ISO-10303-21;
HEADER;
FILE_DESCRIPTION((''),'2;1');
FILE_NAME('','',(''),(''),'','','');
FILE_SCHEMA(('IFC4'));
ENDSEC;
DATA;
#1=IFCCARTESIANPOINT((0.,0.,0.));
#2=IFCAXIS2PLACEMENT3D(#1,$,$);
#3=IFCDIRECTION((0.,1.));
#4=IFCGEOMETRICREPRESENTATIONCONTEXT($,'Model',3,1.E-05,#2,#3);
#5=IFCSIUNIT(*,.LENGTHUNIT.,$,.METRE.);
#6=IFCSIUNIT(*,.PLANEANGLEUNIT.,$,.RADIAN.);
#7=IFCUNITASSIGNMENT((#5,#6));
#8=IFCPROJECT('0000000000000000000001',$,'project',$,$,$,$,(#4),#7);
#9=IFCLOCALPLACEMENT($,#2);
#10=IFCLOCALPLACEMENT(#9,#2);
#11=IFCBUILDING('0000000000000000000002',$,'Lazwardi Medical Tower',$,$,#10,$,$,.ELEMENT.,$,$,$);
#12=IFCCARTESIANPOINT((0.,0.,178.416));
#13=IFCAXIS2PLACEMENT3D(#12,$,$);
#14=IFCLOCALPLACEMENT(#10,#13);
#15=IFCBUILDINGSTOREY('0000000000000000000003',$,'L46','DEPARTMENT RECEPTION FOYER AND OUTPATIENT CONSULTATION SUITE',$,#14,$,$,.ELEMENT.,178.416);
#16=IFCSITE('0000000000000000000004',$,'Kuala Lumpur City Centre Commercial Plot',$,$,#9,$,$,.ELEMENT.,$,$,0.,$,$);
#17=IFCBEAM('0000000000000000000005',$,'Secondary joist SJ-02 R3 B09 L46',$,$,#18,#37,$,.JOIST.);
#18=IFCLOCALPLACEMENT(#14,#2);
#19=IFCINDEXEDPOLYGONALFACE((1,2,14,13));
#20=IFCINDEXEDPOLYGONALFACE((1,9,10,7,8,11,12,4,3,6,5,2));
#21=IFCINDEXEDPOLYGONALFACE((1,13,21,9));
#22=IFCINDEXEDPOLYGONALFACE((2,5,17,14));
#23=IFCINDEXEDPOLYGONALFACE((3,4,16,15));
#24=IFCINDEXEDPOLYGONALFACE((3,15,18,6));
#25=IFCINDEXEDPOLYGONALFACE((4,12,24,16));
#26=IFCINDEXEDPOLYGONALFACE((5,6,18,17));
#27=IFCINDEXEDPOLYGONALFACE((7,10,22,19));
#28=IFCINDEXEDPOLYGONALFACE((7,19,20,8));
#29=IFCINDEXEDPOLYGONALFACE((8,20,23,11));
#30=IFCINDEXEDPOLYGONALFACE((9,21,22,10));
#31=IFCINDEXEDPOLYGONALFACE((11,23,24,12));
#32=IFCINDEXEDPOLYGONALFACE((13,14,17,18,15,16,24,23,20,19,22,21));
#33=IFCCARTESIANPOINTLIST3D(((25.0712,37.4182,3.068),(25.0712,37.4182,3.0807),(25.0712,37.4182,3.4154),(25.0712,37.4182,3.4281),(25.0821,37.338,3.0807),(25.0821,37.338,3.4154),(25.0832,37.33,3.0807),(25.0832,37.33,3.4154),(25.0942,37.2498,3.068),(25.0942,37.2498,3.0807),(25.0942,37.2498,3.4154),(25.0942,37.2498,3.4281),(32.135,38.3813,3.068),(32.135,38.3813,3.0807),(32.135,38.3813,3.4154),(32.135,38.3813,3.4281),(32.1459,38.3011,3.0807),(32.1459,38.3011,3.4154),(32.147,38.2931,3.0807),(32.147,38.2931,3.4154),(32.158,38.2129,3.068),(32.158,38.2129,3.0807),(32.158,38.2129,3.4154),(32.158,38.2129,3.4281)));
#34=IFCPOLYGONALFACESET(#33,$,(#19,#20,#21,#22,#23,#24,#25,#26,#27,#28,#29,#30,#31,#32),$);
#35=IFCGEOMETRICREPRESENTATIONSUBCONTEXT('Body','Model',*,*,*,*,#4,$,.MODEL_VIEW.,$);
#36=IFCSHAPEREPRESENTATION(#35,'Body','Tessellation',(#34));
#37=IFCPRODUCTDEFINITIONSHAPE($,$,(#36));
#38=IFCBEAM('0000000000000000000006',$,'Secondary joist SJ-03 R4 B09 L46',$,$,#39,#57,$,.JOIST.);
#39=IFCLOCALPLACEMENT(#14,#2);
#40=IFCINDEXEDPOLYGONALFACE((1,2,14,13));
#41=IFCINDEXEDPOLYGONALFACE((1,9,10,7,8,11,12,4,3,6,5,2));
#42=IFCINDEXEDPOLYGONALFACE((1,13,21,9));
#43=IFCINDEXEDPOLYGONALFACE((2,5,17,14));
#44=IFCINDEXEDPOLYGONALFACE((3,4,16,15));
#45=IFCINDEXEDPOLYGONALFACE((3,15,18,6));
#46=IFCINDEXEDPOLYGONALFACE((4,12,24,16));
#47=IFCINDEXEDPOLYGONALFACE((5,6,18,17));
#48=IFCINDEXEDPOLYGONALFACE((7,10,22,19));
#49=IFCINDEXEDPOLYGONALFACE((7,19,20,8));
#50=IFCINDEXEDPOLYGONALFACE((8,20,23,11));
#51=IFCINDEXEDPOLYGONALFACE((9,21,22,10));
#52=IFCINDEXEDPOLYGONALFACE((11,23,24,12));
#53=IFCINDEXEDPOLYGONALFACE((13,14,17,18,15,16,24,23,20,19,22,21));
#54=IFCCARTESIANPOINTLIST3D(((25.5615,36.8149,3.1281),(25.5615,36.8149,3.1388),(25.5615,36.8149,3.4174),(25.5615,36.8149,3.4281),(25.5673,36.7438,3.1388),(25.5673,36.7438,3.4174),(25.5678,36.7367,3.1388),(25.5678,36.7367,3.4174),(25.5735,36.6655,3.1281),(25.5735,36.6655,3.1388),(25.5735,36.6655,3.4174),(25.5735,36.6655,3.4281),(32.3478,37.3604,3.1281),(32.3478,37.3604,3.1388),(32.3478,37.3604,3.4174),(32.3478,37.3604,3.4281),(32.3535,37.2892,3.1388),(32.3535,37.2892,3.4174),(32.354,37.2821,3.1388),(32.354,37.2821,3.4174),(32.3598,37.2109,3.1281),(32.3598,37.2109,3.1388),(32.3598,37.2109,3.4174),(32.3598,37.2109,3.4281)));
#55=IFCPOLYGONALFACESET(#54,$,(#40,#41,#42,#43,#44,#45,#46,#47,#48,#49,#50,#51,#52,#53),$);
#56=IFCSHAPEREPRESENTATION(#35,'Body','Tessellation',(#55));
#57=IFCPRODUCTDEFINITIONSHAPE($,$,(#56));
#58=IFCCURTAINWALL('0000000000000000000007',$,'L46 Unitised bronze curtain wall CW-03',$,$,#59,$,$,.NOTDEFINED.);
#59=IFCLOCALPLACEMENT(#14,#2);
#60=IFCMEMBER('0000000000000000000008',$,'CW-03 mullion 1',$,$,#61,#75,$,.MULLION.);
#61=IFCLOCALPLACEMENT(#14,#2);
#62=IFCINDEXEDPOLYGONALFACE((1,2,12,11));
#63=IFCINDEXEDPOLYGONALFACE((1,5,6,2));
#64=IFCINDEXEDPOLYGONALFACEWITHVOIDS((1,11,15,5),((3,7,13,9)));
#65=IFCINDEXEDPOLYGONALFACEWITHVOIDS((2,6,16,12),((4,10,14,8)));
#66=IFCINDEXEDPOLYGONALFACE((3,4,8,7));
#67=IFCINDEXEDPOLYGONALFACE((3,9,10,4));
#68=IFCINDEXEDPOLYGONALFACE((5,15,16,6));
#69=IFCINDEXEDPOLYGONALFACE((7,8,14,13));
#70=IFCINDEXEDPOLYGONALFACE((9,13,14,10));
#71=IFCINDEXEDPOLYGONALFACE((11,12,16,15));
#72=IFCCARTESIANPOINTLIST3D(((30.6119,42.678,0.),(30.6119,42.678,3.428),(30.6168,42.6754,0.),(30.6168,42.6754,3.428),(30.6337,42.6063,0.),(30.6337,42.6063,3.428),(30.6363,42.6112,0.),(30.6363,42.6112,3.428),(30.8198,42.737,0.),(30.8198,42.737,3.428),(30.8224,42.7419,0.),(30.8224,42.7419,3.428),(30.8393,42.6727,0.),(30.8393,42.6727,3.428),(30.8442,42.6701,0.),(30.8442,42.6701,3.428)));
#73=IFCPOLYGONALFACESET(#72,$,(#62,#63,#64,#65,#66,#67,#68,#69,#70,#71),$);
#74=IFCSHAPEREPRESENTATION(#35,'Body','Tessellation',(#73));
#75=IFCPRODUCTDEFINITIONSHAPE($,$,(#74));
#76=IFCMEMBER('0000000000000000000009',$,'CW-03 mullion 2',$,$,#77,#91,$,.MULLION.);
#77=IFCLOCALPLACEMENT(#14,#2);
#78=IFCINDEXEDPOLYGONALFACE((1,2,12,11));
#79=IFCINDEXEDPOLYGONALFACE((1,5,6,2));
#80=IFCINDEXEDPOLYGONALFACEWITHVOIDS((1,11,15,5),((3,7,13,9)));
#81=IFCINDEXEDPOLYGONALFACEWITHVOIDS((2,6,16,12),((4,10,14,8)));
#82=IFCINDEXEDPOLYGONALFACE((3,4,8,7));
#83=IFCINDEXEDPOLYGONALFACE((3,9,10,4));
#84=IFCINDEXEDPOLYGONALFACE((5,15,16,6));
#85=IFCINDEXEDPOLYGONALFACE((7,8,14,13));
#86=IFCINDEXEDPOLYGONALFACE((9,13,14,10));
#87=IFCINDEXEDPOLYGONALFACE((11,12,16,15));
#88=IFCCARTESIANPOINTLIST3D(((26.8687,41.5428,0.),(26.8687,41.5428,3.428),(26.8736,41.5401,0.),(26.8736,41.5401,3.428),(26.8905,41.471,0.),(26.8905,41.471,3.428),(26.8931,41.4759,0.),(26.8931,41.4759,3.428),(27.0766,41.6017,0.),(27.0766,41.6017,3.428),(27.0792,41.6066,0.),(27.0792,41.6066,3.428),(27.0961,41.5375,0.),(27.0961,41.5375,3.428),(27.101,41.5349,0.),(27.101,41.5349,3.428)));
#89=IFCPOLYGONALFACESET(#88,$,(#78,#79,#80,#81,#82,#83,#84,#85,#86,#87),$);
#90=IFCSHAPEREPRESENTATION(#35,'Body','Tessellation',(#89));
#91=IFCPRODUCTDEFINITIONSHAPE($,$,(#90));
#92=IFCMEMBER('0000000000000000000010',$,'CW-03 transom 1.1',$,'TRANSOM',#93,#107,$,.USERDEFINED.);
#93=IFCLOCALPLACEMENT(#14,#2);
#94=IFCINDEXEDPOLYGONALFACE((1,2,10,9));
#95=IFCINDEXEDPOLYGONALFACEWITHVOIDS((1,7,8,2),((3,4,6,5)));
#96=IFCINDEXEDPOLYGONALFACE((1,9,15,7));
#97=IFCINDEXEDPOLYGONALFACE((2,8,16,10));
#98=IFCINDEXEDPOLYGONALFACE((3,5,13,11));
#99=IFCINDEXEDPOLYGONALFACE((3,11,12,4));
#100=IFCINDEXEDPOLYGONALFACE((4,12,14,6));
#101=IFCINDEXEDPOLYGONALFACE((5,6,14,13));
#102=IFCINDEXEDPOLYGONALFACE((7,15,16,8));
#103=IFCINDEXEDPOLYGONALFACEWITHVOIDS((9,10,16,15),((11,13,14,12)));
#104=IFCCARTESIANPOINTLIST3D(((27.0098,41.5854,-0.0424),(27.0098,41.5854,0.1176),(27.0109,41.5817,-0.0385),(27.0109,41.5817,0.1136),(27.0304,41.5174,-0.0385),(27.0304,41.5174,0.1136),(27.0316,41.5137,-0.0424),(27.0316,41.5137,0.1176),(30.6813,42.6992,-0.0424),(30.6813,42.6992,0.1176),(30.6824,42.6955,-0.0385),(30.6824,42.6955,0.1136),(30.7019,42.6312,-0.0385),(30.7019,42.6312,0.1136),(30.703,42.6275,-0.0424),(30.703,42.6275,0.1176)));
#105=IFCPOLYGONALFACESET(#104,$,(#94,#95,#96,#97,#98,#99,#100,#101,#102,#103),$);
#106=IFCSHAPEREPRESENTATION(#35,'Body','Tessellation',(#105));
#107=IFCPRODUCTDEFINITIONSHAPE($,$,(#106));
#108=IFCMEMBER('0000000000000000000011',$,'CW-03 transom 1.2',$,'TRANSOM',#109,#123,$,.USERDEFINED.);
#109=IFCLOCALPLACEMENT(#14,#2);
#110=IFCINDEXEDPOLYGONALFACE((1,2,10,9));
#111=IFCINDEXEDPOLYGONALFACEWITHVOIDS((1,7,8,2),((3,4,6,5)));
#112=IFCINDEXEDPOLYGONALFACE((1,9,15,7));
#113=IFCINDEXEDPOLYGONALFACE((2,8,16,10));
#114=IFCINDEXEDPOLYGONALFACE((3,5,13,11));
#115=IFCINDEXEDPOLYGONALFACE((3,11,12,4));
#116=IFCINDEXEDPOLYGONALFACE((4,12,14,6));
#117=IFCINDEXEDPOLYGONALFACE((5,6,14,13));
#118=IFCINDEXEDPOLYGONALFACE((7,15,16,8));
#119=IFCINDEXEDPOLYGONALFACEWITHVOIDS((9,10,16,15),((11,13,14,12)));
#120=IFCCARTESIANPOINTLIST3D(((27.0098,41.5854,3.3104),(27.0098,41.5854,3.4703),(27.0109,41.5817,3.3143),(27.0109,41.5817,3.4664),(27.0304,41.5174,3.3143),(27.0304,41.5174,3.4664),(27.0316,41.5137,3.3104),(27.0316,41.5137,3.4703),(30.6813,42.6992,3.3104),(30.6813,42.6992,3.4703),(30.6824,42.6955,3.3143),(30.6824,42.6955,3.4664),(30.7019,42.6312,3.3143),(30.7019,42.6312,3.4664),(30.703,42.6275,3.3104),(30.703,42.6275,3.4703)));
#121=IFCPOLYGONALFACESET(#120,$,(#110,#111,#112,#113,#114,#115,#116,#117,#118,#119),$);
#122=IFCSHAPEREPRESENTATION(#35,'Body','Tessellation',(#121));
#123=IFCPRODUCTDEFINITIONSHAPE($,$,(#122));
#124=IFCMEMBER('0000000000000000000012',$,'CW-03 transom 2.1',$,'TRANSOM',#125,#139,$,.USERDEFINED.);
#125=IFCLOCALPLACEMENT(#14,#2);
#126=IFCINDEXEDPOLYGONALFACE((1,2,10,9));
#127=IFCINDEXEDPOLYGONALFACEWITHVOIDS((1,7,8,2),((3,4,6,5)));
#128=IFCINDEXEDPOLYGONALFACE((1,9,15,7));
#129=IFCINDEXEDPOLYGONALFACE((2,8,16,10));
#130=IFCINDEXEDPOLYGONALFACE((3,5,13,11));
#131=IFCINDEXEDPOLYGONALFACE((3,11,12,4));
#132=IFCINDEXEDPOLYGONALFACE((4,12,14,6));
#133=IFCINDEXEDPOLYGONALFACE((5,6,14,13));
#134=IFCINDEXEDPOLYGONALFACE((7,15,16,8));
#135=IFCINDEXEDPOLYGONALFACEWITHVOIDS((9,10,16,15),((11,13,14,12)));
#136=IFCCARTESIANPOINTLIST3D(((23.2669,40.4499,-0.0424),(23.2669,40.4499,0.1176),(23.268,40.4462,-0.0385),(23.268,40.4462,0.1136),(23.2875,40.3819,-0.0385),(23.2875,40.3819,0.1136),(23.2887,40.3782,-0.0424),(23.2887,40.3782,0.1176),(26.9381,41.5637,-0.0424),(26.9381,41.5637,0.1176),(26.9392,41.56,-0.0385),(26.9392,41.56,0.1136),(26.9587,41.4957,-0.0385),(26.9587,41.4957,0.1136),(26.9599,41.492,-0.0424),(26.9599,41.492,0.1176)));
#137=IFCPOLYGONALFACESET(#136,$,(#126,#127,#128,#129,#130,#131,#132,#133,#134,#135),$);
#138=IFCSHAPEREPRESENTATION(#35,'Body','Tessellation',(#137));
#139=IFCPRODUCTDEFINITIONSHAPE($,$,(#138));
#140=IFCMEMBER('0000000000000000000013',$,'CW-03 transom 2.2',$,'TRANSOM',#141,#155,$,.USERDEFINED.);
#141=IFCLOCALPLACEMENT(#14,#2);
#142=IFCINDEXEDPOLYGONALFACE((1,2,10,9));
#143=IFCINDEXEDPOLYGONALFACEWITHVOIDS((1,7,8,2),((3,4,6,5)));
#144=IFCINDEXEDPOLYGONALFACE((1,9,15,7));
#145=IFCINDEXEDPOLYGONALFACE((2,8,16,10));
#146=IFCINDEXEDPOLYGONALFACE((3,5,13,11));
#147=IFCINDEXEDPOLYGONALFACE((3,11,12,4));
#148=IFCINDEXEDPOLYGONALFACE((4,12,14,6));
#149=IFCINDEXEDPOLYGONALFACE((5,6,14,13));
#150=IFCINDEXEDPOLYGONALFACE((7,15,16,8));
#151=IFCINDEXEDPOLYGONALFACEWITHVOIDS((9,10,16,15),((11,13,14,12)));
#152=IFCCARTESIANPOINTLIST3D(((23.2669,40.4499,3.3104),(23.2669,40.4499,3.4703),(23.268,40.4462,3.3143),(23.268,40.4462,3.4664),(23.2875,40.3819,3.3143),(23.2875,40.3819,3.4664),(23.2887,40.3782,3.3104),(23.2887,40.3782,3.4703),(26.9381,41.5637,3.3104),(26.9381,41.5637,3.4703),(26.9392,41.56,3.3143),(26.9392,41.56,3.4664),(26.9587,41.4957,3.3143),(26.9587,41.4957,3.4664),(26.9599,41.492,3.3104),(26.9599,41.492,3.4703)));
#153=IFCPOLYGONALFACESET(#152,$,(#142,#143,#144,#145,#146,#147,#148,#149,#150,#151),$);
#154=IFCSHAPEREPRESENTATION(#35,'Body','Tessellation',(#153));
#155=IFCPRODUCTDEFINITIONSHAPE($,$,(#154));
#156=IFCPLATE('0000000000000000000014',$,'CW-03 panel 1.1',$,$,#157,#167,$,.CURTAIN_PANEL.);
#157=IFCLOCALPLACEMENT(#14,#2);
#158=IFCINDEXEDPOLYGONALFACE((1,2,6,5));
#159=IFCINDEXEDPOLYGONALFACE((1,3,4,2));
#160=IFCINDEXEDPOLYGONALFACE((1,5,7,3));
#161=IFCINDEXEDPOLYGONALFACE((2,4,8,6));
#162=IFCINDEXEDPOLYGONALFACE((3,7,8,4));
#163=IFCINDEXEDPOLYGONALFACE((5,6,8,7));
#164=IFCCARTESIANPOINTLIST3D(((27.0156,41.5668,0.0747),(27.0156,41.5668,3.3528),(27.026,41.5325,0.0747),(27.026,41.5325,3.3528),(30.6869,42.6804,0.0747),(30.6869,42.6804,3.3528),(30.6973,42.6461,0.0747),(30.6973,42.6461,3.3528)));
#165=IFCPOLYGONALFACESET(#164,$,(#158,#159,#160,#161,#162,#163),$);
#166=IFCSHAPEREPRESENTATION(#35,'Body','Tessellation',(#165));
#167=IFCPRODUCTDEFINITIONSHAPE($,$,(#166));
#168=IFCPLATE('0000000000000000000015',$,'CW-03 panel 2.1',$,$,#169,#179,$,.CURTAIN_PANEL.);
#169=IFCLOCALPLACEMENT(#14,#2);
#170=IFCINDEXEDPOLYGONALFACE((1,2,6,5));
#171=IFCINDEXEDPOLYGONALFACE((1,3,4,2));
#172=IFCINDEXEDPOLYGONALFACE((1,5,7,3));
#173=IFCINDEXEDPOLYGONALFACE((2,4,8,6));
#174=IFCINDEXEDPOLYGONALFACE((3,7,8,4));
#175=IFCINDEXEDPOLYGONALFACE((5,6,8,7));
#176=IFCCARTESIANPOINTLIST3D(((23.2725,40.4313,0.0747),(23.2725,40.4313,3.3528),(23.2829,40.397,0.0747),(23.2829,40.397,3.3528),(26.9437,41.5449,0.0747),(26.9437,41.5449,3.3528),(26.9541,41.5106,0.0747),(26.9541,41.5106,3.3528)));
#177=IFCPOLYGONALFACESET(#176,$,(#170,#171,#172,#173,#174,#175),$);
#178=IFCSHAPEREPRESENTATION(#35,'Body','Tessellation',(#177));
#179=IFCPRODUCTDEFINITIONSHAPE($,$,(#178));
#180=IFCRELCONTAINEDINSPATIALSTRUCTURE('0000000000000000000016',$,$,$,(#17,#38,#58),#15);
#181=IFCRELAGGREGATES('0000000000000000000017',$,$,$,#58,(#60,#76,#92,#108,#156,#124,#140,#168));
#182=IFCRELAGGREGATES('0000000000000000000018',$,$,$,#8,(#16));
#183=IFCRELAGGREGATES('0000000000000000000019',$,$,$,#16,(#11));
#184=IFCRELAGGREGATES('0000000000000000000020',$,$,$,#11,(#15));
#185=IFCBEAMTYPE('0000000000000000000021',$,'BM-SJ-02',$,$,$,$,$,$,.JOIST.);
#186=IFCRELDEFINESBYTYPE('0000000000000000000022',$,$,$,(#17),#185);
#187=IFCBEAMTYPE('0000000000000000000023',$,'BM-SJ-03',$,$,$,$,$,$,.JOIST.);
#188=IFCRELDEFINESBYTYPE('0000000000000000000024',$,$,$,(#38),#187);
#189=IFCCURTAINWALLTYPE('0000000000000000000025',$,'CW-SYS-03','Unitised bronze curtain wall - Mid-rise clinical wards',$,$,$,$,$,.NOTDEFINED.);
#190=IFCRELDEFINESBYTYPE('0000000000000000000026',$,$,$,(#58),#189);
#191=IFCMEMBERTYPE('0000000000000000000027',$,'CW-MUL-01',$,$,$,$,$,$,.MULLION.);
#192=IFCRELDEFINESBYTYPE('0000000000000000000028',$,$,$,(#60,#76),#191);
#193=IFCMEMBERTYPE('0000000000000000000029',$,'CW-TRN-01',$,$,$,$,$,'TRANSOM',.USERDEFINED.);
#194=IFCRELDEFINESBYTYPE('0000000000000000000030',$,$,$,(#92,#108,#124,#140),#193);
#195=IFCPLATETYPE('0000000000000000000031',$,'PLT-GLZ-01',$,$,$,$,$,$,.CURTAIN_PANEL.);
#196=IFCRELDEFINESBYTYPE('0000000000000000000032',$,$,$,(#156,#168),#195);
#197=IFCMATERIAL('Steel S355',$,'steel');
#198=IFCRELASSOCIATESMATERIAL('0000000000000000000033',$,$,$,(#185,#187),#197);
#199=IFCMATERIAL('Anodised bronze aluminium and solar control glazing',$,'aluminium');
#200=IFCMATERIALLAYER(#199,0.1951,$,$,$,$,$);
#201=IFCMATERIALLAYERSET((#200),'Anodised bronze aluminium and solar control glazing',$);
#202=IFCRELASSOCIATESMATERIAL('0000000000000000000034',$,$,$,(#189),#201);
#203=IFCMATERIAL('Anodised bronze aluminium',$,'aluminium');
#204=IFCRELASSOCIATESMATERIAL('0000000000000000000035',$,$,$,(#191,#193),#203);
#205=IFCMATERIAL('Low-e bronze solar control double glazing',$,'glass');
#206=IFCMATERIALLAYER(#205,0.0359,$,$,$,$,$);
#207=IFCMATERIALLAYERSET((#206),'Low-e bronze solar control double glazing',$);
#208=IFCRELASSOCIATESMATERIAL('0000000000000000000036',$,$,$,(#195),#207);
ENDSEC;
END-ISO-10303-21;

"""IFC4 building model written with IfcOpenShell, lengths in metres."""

from ifc_helpers import new_model, si_unit, direction, frame, origin, origin_2d, place, context, subcontext, project, spatial, rectangle, hollow_rectangle, i_section, extrude, material, layer, layer_set, material_profile, profile_set, type_object, element, aggregate, save


model = new_model("IFC4")

# Units and contexts
model_context = context("Model", 3, precision=1e-05, world=origin(), true_north=direction((0.0, 1.0)))
body_context = subcontext(model_context, "Body", "Model", "MODEL_VIEW")
ifc_project = project(units=[si_unit("LENGTHUNIT", "METRE"), si_unit("PLANEANGLEUNIT", "RADIAN")], contexts=[model_context])

# Site, building, storey
site_placement = place(None, origin())
site = spatial("IfcSite", under=ifc_project, at=site_placement, Name="Kuala Lumpur City Centre Commercial Plot", CompositionType="ELEMENT", RefElevation=0.0)
building_placement = place(site_placement, origin())
building = spatial("IfcBuilding", under=site, at=building_placement, Name="Lazwardi Medical Tower", CompositionType="ELEMENT")
storey_placement = place(building_placement, frame((0.0, 0.0, 178.416)))
storey = spatial("IfcBuildingStorey", under=building, at=storey_placement, Name="L46", Description="DEPARTMENT RECEPTION FOYER AND OUTPATIENT CONSULTATION SUITE", CompositionType="ELEMENT", Elevation=178.416)

# Beams
ifc_material_1 = material(Name="Steel S355", Category="steel")
ifc_material_profile_1 = material_profile(ifc_material_1, i_section(OverallWidth=0.1699, OverallDepth=0.3601, WebThickness=0.0081, FlangeThickness=0.0127, at=origin_2d()), Name="IPE 360")
ifc_profile_set_1 = profile_set([ifc_material_profile_1], Name="Steel S355")
beam_type_1 = type_object("IfcBeamType", Name="BM-SJ-02", PredefinedType="JOIST", material=ifc_profile_set_1)
beam_1_placement = place(storey_placement, frame((32.1465, 38.2971, 3.248), z_axis=(-0.990832, -0.135099, 0.0), x_axis=(0.135099, -0.990832, 0.0)))
element("IfcBeam", 1, at=beam_1_placement, inside=storey, type_object=beam_type_1, Name="Secondary joist SJ-02 R3 B09 L46", PredefinedType="JOIST", context=body_context, shape_type="SweptSolid", body=[
    extrude(i_section(OverallWidth=0.1699, OverallDepth=0.3601, WebThickness=0.0081, FlangeThickness=0.0127, at=origin_2d()), origin(), (0.0, 0.0, 1.0), 7.1292),
])
ifc_material_profile_2 = material_profile(ifc_material_1, i_section(OverallWidth=0.1499, OverallDepth=0.3, WebThickness=0.0071, FlangeThickness=0.0107, at=origin_2d()), Name="IPE 300")
ifc_profile_set_2 = profile_set([ifc_material_profile_2], Name="Steel S355")
beam_type_2 = type_object("IfcBeamType", Name="BM-SJ-03", PredefinedType="JOIST", material=ifc_profile_set_2)
beam_2_placement = place(storey_placement, frame((32.3538, 37.2856, 3.2781), z_axis=(-0.996786, -0.080113, 0.0), x_axis=(0.080113, -0.996786, 0.0)))
element("IfcBeam", 2, at=beam_2_placement, inside=storey, type_object=beam_type_2, Name="Secondary joist SJ-03 R4 B09 L46", PredefinedType="JOIST", context=body_context, shape_type="SweptSolid", body=[
    extrude(i_section(OverallWidth=0.1499, OverallDepth=0.3, WebThickness=0.0071, FlangeThickness=0.0107, at=origin_2d()), origin(), (0.0, 0.0, 1.0), 6.8081),
])

# Curtain wall, members, plates
ifc_material_2 = material(Name="Anodised bronze aluminium and solar control glazing", Category="aluminium")
ifc_layer_1 = layer(ifc_material_2, 0.1951)
ifc_layer_set_1 = layer_set([ifc_layer_1], Name="Anodised bronze aluminium and solar control glazing")
curtain_wall_type = type_object("IfcCurtainWallType", Name="CW-SYS-03", Description="Unitised bronze curtain wall - Mid-rise clinical wards", PredefinedType="NOTDEFINED", material=ifc_layer_set_1)
curtain_wall_placement = place(storey_placement, origin())
curtain_wall = element("IfcCurtainWall", 3, at=curtain_wall_placement, inside=storey, type_object=curtain_wall_type, Name="L46 Unitised bronze curtain wall CW-03", PredefinedType="NOTDEFINED")
ifc_material_3 = material(Name="Anodised bronze aluminium", Category="aluminium")
ifc_material_profile_3 = material_profile(ifc_material_3, hollow_rectangle(XDim=0.075, YDim=0.22, WallThickness=0.0039, at=origin_2d()), Name="ALU-MULLION 220x75x4")
ifc_profile_set_3 = profile_set([ifc_material_profile_3], Name="Anodised bronze aluminium")
member_type_1 = type_object("IfcMemberType", Name="CW-MUL-01", PredefinedType="MULLION", material=ifc_profile_set_3)
member_1_placement = place(storey_placement, frame((30.728, 42.6741, 0.0), z_axis=(0.0, 0.0, 1.0), x_axis=(0.290281, -0.956942, 0.0)))
member_1 = element("IfcMember", 4, at=member_1_placement, type_object=member_type_1, Name="CW-03 mullion 1", PredefinedType="MULLION", context=body_context, shape_type="SweptSolid", body=[
    extrude(hollow_rectangle(XDim=0.075, YDim=0.22, WallThickness=0.0039, at=origin_2d()), origin(), (0.0, 0.0, 1.0), 3.428),
])
member_2_placement = place(storey_placement, frame((26.9849, 41.5388, 0.0), z_axis=(0.0, 0.0, 1.0), x_axis=(0.290281, -0.956942, 0.0)))
member_2 = element("IfcMember", 5, at=member_2_placement, type_object=member_type_1, Name="CW-03 mullion 2", PredefinedType="MULLION", context=body_context, shape_type="SweptSolid", body=[
    extrude(hollow_rectangle(XDim=0.075, YDim=0.22, WallThickness=0.0039, at=origin_2d()), origin(), (0.0, 0.0, 1.0), 3.428),
])
ifc_material_profile_4 = material_profile(ifc_material_3, hollow_rectangle(XDim=0.075, YDim=0.1599, WallThickness=0.0039, at=origin_2d()), Name="ALU-TRANSOM 160x75x4")
ifc_profile_set_4 = profile_set([ifc_material_profile_4], Name="Anodised bronze aluminium")
member_type_2 = type_object("IfcMemberType", Name="CW-TRN-01", ElementType="TRANSOM", PredefinedType="USERDEFINED", material=ifc_profile_set_4)
member_3_placement = place(storey_placement, frame((30.6921, 42.6633, 0.0376), z_axis=(-0.956936, -0.290301, 0.0), x_axis=(0.290301, -0.956936, 0.0)))
member_3 = element("IfcMember", 6, at=member_3_placement, type_object=member_type_2, Name="CW-03 transom 1.1", ObjectType="TRANSOM", PredefinedType="USERDEFINED", context=body_context, shape_type="SweptSolid", body=[
    extrude(hollow_rectangle(XDim=0.075, YDim=0.1599, WallThickness=0.0039, at=origin_2d()), origin(), (0.0, 0.0, 1.0), 3.8367),
])
member_4_placement = place(storey_placement, frame((30.6921, 42.6633, 3.3904), z_axis=(-0.956936, -0.290301, 0.0), x_axis=(0.290301, -0.956936, 0.0)))
member_4 = element("IfcMember", 7, at=member_4_placement, type_object=member_type_2, Name="CW-03 transom 1.2", ObjectType="TRANSOM", PredefinedType="USERDEFINED", context=body_context, shape_type="SweptSolid", body=[
    extrude(hollow_rectangle(XDim=0.075, YDim=0.1599, WallThickness=0.0039, at=origin_2d()), origin(), (0.0, 0.0, 1.0), 3.8367),
])
member_5_placement = place(storey_placement, frame((26.949, 41.5278, 0.0376), z_axis=(-0.95693, -0.290318, 0.0), x_axis=(0.290318, -0.95693, 0.0)))
member_5 = element("IfcMember", 8, at=member_5_placement, type_object=member_type_2, Name="CW-03 transom 2.1", ObjectType="TRANSOM", PredefinedType="USERDEFINED", context=body_context, shape_type="SweptSolid", body=[
    extrude(hollow_rectangle(XDim=0.075, YDim=0.1599, WallThickness=0.0039, at=origin_2d()), origin(), (0.0, 0.0, 1.0), 3.8364),
])
member_6_placement = place(storey_placement, frame((26.949, 41.5278, 3.3904), z_axis=(-0.95693, -0.290318, 0.0), x_axis=(0.290318, -0.95693, 0.0)))
member_6 = element("IfcMember", 9, at=member_6_placement, type_object=member_type_2, Name="CW-03 transom 2.2", ObjectType="TRANSOM", PredefinedType="USERDEFINED", context=body_context, shape_type="SweptSolid", body=[
    extrude(hollow_rectangle(XDim=0.075, YDim=0.1599, WallThickness=0.0039, at=origin_2d()), origin(), (0.0, 0.0, 1.0), 3.8364),
])
ifc_material_4 = material(Name="Low-e bronze solar control double glazing", Category="glass")
ifc_layer_2 = layer(ifc_material_4, 0.0359)
ifc_layer_set_2 = layer_set([ifc_layer_2], Name="Low-e bronze solar control double glazing")
plate_type = type_object("IfcPlateType", Name="PLT-GLZ-01", PredefinedType="CURTAIN_PANEL", material=ifc_layer_set_2)
plate_1_placement = place(storey_placement, frame((28.8564, 42.1064, 0.0747), z_axis=(0.0, 0.0, 1.0), x_axis=(-0.956942, -0.290281, 0.0)))
plate_1 = element("IfcPlate", 10, at=plate_1_placement, type_object=plate_type, Name="CW-03 panel 1.1", PredefinedType="CURTAIN_PANEL", context=body_context, shape_type="SweptSolid", body=[
    extrude(rectangle(XDim=3.8364, YDim=0.0359, at=origin_2d()), origin(), (0.0, 0.0, 1.0), 3.2781),
])
plate_2_placement = place(storey_placement, frame((25.1133, 40.9709, 0.0747), z_axis=(0.0, 0.0, 1.0), x_axis=(-0.956942, -0.290281, 0.0)))
plate_2 = element("IfcPlate", 11, at=plate_2_placement, type_object=plate_type, Name="CW-03 panel 2.1", PredefinedType="CURTAIN_PANEL", context=body_context, shape_type="SweptSolid", body=[
    extrude(rectangle(XDim=3.8364, YDim=0.0359, at=origin_2d()), origin(), (0.0, 0.0, 1.0), 3.2781),
])
aggregate(curtain_wall, [member_1, member_2, member_3, member_4, plate_1, member_5, member_6, plate_2])

save(model, "model.ifc")
